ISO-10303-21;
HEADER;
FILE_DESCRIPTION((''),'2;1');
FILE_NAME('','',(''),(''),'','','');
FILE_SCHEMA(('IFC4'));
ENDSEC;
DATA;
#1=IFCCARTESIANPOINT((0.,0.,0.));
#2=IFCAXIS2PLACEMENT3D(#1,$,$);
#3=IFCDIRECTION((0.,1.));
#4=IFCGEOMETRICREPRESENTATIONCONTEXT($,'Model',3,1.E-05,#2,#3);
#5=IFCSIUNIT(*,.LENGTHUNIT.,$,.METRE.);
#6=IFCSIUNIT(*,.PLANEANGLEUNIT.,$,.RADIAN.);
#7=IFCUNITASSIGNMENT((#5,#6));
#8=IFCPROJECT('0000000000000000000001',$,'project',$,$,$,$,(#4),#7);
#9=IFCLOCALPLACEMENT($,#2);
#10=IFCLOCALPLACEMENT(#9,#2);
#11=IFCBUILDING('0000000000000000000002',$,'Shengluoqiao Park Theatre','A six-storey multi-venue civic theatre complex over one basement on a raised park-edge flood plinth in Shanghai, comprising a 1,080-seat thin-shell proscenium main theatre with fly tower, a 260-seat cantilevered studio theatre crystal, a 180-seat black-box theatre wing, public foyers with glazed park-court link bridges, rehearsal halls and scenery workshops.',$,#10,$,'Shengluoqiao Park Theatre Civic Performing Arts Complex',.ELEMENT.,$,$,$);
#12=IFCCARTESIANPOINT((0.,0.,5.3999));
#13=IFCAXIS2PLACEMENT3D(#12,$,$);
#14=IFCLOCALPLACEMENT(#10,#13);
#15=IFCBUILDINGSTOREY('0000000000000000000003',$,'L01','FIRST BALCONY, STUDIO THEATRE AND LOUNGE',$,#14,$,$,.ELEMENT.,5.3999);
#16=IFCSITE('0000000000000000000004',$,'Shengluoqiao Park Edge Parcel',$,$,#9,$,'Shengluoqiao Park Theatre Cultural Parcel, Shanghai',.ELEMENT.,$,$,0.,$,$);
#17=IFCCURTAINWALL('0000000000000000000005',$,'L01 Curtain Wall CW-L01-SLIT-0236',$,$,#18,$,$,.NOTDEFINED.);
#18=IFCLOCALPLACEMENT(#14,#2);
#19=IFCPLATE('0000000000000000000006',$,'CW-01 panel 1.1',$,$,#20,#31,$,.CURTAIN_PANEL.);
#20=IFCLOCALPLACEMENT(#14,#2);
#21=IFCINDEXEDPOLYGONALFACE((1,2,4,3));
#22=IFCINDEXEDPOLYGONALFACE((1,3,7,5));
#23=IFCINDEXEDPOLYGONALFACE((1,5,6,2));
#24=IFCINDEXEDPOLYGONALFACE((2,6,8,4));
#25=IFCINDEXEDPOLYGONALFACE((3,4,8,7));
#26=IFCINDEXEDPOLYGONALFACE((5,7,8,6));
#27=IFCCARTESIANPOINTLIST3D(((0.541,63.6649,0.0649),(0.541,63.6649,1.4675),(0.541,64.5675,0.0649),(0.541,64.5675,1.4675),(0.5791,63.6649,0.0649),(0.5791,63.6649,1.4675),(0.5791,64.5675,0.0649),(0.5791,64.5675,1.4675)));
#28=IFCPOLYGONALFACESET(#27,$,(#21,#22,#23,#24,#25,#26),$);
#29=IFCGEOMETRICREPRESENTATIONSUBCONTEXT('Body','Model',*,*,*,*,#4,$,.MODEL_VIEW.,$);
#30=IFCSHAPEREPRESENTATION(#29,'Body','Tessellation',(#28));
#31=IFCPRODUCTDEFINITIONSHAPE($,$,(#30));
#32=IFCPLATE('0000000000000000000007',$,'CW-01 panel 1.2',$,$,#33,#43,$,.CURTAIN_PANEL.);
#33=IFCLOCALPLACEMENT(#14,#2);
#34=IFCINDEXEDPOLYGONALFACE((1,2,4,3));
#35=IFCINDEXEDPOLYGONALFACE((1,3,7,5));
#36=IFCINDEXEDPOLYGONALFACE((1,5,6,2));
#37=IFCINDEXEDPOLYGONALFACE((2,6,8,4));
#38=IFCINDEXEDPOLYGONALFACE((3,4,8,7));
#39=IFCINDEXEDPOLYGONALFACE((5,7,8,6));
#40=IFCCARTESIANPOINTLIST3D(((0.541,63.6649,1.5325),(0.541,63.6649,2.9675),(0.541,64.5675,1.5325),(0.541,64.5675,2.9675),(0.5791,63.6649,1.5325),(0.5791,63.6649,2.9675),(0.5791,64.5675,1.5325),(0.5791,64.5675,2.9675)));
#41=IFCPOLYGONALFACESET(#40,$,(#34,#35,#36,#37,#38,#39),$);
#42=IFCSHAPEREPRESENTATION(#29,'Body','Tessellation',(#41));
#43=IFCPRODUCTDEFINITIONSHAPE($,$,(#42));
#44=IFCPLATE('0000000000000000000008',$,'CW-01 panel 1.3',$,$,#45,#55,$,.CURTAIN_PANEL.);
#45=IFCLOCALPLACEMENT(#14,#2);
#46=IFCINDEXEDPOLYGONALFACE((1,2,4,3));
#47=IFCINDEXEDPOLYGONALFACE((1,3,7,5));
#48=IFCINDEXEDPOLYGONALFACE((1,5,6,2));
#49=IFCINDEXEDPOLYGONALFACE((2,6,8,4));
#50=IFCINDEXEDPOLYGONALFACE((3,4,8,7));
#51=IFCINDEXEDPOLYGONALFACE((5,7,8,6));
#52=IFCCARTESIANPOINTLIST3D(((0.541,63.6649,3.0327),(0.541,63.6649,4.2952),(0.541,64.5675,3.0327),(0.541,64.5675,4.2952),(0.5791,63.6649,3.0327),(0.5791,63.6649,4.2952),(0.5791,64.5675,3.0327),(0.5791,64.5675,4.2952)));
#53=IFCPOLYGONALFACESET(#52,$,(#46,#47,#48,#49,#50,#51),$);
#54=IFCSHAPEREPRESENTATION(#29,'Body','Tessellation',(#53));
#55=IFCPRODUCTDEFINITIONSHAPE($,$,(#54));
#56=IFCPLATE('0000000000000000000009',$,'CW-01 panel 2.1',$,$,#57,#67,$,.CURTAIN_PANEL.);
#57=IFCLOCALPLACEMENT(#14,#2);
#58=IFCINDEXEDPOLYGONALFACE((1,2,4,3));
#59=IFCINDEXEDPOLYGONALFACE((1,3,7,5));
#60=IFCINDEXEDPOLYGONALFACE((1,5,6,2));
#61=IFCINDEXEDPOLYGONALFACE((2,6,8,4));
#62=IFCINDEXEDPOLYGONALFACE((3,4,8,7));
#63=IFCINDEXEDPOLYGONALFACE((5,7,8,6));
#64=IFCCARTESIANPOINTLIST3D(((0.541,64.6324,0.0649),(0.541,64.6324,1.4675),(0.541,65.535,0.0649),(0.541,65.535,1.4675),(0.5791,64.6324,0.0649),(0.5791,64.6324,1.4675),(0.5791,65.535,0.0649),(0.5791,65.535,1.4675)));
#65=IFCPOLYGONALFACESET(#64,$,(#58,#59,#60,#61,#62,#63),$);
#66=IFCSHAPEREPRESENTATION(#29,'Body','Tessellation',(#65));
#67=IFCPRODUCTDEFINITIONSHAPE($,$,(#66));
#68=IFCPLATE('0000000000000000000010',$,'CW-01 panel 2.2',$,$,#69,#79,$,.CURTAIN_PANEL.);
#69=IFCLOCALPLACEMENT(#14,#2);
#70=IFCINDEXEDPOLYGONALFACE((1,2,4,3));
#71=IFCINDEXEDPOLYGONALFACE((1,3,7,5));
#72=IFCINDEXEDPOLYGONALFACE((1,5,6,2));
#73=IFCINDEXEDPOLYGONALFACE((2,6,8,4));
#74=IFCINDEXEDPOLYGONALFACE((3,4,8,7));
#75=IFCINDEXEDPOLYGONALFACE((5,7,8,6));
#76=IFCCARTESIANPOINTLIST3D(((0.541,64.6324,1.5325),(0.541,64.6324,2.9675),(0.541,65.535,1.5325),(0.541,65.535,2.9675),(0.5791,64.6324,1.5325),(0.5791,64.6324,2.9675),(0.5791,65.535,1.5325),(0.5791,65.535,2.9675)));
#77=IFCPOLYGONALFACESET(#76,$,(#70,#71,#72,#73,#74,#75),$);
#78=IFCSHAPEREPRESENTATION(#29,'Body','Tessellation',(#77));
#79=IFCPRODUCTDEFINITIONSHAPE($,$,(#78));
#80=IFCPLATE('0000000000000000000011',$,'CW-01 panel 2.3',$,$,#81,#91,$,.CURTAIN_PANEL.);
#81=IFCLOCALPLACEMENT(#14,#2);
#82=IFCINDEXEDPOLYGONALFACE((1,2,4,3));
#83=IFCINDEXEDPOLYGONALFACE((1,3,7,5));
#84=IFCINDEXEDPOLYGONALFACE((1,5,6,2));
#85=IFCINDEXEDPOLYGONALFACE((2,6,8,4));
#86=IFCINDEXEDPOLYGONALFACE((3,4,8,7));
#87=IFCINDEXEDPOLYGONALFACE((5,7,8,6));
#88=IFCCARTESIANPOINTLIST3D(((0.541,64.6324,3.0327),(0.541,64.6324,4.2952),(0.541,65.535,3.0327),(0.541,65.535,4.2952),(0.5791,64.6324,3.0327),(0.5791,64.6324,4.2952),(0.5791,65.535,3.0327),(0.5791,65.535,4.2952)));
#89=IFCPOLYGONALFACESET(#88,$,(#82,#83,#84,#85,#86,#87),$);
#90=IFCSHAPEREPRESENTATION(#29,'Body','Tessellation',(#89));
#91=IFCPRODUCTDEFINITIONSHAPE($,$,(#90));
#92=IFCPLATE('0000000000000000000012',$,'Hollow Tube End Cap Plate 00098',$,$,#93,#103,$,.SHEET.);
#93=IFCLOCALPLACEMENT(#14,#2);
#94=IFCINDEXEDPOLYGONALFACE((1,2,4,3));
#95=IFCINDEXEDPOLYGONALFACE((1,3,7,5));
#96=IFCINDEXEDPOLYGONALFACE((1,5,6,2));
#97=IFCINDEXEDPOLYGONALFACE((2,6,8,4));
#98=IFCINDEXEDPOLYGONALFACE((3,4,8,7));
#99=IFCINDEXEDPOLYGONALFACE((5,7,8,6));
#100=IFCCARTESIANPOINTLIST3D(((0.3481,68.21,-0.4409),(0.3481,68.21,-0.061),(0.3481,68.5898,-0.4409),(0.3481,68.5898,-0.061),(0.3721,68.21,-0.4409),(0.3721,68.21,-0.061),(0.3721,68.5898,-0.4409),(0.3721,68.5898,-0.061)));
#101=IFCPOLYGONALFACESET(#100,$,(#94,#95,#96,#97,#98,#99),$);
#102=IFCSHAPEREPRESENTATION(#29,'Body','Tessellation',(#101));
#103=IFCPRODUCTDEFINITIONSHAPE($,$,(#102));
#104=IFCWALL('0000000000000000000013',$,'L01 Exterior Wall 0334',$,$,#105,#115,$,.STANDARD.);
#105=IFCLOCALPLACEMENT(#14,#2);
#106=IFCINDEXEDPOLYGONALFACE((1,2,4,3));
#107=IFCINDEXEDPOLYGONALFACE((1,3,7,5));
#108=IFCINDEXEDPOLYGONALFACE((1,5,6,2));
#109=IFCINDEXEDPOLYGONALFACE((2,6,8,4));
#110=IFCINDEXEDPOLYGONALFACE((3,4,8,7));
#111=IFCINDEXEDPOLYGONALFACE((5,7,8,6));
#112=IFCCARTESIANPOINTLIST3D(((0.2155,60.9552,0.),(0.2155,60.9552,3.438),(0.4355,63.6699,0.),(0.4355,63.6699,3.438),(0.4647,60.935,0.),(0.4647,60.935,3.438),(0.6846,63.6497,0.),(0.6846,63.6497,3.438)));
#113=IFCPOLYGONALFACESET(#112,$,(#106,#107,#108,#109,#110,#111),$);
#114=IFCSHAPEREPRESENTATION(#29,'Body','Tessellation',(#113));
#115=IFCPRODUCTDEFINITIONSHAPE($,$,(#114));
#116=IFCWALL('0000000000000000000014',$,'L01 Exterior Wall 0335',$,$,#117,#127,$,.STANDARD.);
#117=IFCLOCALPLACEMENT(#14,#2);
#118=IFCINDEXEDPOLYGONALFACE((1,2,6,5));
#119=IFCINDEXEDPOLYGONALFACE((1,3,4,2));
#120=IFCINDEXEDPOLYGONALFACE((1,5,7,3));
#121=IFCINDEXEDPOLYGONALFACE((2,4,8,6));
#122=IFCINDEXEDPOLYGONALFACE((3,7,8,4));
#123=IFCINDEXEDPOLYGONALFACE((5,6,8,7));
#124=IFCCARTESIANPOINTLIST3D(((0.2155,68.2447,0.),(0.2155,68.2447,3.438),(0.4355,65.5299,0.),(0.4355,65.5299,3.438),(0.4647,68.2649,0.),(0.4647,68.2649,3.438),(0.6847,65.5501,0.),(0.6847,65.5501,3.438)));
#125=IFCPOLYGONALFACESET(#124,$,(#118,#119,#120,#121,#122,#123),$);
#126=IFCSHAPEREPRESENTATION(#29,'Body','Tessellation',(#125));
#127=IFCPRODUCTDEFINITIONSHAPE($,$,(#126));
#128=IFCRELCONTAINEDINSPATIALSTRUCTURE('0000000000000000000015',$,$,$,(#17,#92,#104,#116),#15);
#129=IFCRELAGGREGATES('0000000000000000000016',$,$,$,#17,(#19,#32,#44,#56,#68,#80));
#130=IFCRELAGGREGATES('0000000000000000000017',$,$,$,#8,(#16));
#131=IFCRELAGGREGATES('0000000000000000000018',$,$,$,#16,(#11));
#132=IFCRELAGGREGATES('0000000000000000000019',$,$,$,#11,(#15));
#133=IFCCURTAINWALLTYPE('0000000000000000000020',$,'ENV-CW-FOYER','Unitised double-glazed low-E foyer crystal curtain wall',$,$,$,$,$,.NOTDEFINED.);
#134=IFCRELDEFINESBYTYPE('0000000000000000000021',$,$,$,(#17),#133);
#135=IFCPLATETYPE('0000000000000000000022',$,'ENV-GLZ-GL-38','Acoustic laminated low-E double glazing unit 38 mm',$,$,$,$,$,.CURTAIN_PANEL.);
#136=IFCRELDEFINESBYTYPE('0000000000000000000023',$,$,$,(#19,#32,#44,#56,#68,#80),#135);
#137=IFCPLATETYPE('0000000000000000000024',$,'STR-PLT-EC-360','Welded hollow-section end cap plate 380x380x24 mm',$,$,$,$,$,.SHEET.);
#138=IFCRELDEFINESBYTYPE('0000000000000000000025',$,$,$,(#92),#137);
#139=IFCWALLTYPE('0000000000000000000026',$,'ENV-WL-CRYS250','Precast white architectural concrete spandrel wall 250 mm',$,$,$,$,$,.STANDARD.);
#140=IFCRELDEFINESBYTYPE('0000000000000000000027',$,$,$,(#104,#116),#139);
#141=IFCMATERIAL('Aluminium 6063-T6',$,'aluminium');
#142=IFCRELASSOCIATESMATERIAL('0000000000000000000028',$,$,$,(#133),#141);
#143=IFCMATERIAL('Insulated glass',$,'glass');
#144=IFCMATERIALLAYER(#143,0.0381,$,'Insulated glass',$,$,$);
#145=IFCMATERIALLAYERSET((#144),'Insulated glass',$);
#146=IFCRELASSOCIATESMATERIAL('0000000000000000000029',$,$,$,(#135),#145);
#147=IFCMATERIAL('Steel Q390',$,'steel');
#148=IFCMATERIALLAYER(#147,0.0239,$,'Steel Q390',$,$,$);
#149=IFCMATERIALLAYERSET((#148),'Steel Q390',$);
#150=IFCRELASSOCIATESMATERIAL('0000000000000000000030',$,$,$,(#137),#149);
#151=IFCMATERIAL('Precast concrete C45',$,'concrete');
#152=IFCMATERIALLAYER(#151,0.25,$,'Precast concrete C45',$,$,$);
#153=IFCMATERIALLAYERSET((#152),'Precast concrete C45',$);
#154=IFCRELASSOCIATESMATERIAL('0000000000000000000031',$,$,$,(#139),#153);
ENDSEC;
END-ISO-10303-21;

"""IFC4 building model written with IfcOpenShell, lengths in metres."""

from ifc_helpers import new_model, si_unit, direction, frame, frame_2d, origin, origin_2d, place, context, subcontext, project, spatial, rectangle, extrude, material, layer, layer_set, type_object, element, aggregate, save


model = new_model("IFC4")

# Units and contexts
model_context = context("Model", 3, precision=1e-05, world=origin(), true_north=direction((0.0, 1.0)))
body_context = subcontext(model_context, "Body", "Model", "MODEL_VIEW")
ifc_project = project(units=[si_unit("LENGTHUNIT", "METRE"), si_unit("PLANEANGLEUNIT", "RADIAN")], contexts=[model_context])

# Site, building, storey
site_placement = place(None, origin())
site = spatial("IfcSite", under=ifc_project, at=site_placement, Name="Shengluoqiao Park Edge Parcel", LongName="Shengluoqiao Park Theatre Cultural Parcel, Shanghai", CompositionType="ELEMENT", RefElevation=0.0)
building_placement = place(site_placement, origin())
building = spatial("IfcBuilding", under=site, at=building_placement, Name="Shengluoqiao Park Theatre", Description="A six-storey multi-venue civic theatre complex over one basement on a raised park-edge flood plinth in Shanghai, comprising a 1,080-seat thin-shell proscenium main theatre with fly tower, a 260-seat cantilevered studio theatre crystal, a 180-seat black-box theatre wing, public foyers with glazed park-court link bridges, rehearsal halls and scenery workshops.", LongName="Shengluoqiao Park Theatre Civic Performing Arts Complex", CompositionType="ELEMENT")
storey_placement = place(building_placement, frame((0.0, 0.0, 5.3999)))
storey = spatial("IfcBuildingStorey", under=building, at=storey_placement, Name="L01", Description="FIRST BALCONY, STUDIO THEATRE AND LOUNGE", CompositionType="ELEMENT", Elevation=5.3999)

# Curtain wall
ifc_material_1 = material(Name="Aluminium 6063-T6", Category="aluminium")
curtain_wall_type = type_object("IfcCurtainWallType", Name="ENV-CW-FOYER", Description="Unitised double-glazed low-E foyer crystal curtain wall", PredefinedType="NOTDEFINED", material=ifc_material_1)
curtain_wall_placement = place(storey_placement, origin())
curtain_wall = element("IfcCurtainWall", 1, at=curtain_wall_placement, inside=storey, type_object=curtain_wall_type, Name="L01 Curtain Wall CW-L01-SLIT-0236", PredefinedType="NOTDEFINED")

# Shared definitions
ifc_material_2 = material(Name="Steel Q390", Category="steel")

# Shared definitions
ifc_material_3 = material(Name="Precast concrete C45", Category="concrete")

# Plates
ifc_material_4 = material(Name="Insulated glass", Category="glass")
ifc_layer_1 = layer(ifc_material_4, 0.0381, Name="Insulated glass")
ifc_layer_set_1 = layer_set([ifc_layer_1], Name="Insulated glass")
plate_type_1 = type_object("IfcPlateType", Name="ENV-GLZ-GL-38", Description="Acoustic laminated low-E double glazing unit 38 mm", PredefinedType="CURTAIN_PANEL", material=ifc_layer_set_1)
plate_1_placement = place(storey_placement, frame((0.5601, 64.1162, 0.0649), z_axis=(0.0, 0.0, 1.0), x_axis=(0.0, 1.0, 0.0)))
plate_1 = element("IfcPlate", 2, at=plate_1_placement, type_object=plate_type_1, Name="CW-01 panel 1.1", PredefinedType="CURTAIN_PANEL", context=body_context, shape_type="SweptSolid", body=[
    extrude(rectangle(XDim=0.9026, YDim=0.0381, at=origin_2d()), origin(), (0.0, 0.0, 1.0), 1.4026),
])
plate_2_placement = place(storey_placement, frame((0.5601, 64.1162, 1.5325), z_axis=(0.0, 0.0, 1.0), x_axis=(0.0, 1.0, 0.0)))
plate_2 = element("IfcPlate", 3, at=plate_2_placement, type_object=plate_type_1, Name="CW-01 panel 1.2", PredefinedType="CURTAIN_PANEL", context=body_context, shape_type="SweptSolid", body=[
    extrude(rectangle(XDim=0.9026, YDim=0.0381, at=origin_2d()), origin(), (0.0, 0.0, 1.0), 1.4351),
])
plate_3_placement = place(storey_placement, frame((0.5601, 64.1162, 3.0327), z_axis=(0.0, 0.0, 1.0), x_axis=(0.0, 1.0, 0.0)))
plate_3 = element("IfcPlate", 4, at=plate_3_placement, type_object=plate_type_1, Name="CW-01 panel 1.3", PredefinedType="CURTAIN_PANEL", context=body_context, shape_type="SweptSolid", body=[
    extrude(rectangle(XDim=0.9026, YDim=0.0381, at=origin_2d()), origin(), (0.0, 0.0, 1.0), 1.2625),
])
plate_4_placement = place(storey_placement, frame((0.5601, 65.0837, 0.0649), z_axis=(0.0, 0.0, 1.0), x_axis=(0.0, 1.0, 0.0)))
plate_4 = element("IfcPlate", 5, at=plate_4_placement, type_object=plate_type_1, Name="CW-01 panel 2.1", PredefinedType="CURTAIN_PANEL", context=body_context, shape_type="SweptSolid", body=[
    extrude(rectangle(XDim=0.9026, YDim=0.0381, at=origin_2d()), origin(), (0.0, 0.0, 1.0), 1.4026),
])
plate_5_placement = place(storey_placement, frame((0.5601, 65.0837, 1.5325), z_axis=(0.0, 0.0, 1.0), x_axis=(0.0, 1.0, 0.0)))
plate_5 = element("IfcPlate", 6, at=plate_5_placement, type_object=plate_type_1, Name="CW-01 panel 2.2", PredefinedType="CURTAIN_PANEL", context=body_context, shape_type="SweptSolid", body=[
    extrude(rectangle(XDim=0.9026, YDim=0.0381, at=origin_2d()), origin(), (0.0, 0.0, 1.0), 1.4351),
])
plate_6_placement = place(storey_placement, frame((0.5601, 65.0837, 3.0327), z_axis=(0.0, 0.0, 1.0), x_axis=(0.0, 1.0, 0.0)))
plate_6 = element("IfcPlate", 7, at=plate_6_placement, type_object=plate_type_1, Name="CW-01 panel 2.3", PredefinedType="CURTAIN_PANEL", context=body_context, shape_type="SweptSolid", body=[
    extrude(rectangle(XDim=0.9026, YDim=0.0381, at=origin_2d()), origin(), (0.0, 0.0, 1.0), 1.2625),
])
aggregate(curtain_wall, [plate_1, plate_2, plate_3, plate_4, plate_5, plate_6])
ifc_layer_2 = layer(ifc_material_2, 0.0239, Name="Steel Q390")
ifc_layer_set_2 = layer_set([ifc_layer_2], Name="Steel Q390")
plate_type_2 = type_object("IfcPlateType", Name="STR-PLT-EC-360", Description="Welded hollow-section end cap plate 380x380x24 mm", PredefinedType="SHEET", material=ifc_layer_set_2)
plate_7_placement = place(storey_placement, frame((0.3601, 68.3999, -0.4409), z_axis=(0.0, 0.0, 1.0), x_axis=(1.0, 0.0, 0.0)))
element("IfcPlate", 8, at=plate_7_placement, inside=storey, type_object=plate_type_2, Name="Hollow Tube End Cap Plate 00098", PredefinedType="SHEET", context=body_context, shape_type="SweptSolid", body=[
    extrude(rectangle(XDim=0.0239, YDim=0.3799, at=origin_2d()), origin(), (0.0, 0.0, 1.0), 0.3799),
])

# Walls
ifc_layer_3 = layer(ifc_material_3, 0.25, Name="Precast concrete C45")
ifc_layer_set_3 = layer_set([ifc_layer_3], Name="Precast concrete C45")
wall_type = type_object("IfcWallType", Name="ENV-WL-CRYS250", Description="Precast white architectural concrete spandrel wall 250 mm", PredefinedType="STANDARD", material=ifc_layer_set_3)
for number, where, z_axis, x_axis, name in (
    (9, (0.3401, 60.9451, 0.0), (0.0, 0.0, 1.0), (0.080761, 0.996734, 0.0), "L01 Exterior Wall 0334"),
    (10, (0.5601, 65.54, 0.0), (0.0, 0.0, 1.0), (-0.080761, 0.996734, 0.0), "L01 Exterior Wall 0335"),
):
    element("IfcWall", number, at=place(storey_placement, frame(where, z_axis=z_axis, x_axis=x_axis)), inside=storey, type_object=wall_type, Name=name, PredefinedType="STANDARD", context=body_context, shape_type="SweptSolid", body=[
        extrude(rectangle(XDim=2.7236, YDim=0.25, at=frame_2d((1.3618, 0.0))), origin(), (0.0, 0.0, 1.0), 3.438),
    ])

save(model, "model.ifc")
